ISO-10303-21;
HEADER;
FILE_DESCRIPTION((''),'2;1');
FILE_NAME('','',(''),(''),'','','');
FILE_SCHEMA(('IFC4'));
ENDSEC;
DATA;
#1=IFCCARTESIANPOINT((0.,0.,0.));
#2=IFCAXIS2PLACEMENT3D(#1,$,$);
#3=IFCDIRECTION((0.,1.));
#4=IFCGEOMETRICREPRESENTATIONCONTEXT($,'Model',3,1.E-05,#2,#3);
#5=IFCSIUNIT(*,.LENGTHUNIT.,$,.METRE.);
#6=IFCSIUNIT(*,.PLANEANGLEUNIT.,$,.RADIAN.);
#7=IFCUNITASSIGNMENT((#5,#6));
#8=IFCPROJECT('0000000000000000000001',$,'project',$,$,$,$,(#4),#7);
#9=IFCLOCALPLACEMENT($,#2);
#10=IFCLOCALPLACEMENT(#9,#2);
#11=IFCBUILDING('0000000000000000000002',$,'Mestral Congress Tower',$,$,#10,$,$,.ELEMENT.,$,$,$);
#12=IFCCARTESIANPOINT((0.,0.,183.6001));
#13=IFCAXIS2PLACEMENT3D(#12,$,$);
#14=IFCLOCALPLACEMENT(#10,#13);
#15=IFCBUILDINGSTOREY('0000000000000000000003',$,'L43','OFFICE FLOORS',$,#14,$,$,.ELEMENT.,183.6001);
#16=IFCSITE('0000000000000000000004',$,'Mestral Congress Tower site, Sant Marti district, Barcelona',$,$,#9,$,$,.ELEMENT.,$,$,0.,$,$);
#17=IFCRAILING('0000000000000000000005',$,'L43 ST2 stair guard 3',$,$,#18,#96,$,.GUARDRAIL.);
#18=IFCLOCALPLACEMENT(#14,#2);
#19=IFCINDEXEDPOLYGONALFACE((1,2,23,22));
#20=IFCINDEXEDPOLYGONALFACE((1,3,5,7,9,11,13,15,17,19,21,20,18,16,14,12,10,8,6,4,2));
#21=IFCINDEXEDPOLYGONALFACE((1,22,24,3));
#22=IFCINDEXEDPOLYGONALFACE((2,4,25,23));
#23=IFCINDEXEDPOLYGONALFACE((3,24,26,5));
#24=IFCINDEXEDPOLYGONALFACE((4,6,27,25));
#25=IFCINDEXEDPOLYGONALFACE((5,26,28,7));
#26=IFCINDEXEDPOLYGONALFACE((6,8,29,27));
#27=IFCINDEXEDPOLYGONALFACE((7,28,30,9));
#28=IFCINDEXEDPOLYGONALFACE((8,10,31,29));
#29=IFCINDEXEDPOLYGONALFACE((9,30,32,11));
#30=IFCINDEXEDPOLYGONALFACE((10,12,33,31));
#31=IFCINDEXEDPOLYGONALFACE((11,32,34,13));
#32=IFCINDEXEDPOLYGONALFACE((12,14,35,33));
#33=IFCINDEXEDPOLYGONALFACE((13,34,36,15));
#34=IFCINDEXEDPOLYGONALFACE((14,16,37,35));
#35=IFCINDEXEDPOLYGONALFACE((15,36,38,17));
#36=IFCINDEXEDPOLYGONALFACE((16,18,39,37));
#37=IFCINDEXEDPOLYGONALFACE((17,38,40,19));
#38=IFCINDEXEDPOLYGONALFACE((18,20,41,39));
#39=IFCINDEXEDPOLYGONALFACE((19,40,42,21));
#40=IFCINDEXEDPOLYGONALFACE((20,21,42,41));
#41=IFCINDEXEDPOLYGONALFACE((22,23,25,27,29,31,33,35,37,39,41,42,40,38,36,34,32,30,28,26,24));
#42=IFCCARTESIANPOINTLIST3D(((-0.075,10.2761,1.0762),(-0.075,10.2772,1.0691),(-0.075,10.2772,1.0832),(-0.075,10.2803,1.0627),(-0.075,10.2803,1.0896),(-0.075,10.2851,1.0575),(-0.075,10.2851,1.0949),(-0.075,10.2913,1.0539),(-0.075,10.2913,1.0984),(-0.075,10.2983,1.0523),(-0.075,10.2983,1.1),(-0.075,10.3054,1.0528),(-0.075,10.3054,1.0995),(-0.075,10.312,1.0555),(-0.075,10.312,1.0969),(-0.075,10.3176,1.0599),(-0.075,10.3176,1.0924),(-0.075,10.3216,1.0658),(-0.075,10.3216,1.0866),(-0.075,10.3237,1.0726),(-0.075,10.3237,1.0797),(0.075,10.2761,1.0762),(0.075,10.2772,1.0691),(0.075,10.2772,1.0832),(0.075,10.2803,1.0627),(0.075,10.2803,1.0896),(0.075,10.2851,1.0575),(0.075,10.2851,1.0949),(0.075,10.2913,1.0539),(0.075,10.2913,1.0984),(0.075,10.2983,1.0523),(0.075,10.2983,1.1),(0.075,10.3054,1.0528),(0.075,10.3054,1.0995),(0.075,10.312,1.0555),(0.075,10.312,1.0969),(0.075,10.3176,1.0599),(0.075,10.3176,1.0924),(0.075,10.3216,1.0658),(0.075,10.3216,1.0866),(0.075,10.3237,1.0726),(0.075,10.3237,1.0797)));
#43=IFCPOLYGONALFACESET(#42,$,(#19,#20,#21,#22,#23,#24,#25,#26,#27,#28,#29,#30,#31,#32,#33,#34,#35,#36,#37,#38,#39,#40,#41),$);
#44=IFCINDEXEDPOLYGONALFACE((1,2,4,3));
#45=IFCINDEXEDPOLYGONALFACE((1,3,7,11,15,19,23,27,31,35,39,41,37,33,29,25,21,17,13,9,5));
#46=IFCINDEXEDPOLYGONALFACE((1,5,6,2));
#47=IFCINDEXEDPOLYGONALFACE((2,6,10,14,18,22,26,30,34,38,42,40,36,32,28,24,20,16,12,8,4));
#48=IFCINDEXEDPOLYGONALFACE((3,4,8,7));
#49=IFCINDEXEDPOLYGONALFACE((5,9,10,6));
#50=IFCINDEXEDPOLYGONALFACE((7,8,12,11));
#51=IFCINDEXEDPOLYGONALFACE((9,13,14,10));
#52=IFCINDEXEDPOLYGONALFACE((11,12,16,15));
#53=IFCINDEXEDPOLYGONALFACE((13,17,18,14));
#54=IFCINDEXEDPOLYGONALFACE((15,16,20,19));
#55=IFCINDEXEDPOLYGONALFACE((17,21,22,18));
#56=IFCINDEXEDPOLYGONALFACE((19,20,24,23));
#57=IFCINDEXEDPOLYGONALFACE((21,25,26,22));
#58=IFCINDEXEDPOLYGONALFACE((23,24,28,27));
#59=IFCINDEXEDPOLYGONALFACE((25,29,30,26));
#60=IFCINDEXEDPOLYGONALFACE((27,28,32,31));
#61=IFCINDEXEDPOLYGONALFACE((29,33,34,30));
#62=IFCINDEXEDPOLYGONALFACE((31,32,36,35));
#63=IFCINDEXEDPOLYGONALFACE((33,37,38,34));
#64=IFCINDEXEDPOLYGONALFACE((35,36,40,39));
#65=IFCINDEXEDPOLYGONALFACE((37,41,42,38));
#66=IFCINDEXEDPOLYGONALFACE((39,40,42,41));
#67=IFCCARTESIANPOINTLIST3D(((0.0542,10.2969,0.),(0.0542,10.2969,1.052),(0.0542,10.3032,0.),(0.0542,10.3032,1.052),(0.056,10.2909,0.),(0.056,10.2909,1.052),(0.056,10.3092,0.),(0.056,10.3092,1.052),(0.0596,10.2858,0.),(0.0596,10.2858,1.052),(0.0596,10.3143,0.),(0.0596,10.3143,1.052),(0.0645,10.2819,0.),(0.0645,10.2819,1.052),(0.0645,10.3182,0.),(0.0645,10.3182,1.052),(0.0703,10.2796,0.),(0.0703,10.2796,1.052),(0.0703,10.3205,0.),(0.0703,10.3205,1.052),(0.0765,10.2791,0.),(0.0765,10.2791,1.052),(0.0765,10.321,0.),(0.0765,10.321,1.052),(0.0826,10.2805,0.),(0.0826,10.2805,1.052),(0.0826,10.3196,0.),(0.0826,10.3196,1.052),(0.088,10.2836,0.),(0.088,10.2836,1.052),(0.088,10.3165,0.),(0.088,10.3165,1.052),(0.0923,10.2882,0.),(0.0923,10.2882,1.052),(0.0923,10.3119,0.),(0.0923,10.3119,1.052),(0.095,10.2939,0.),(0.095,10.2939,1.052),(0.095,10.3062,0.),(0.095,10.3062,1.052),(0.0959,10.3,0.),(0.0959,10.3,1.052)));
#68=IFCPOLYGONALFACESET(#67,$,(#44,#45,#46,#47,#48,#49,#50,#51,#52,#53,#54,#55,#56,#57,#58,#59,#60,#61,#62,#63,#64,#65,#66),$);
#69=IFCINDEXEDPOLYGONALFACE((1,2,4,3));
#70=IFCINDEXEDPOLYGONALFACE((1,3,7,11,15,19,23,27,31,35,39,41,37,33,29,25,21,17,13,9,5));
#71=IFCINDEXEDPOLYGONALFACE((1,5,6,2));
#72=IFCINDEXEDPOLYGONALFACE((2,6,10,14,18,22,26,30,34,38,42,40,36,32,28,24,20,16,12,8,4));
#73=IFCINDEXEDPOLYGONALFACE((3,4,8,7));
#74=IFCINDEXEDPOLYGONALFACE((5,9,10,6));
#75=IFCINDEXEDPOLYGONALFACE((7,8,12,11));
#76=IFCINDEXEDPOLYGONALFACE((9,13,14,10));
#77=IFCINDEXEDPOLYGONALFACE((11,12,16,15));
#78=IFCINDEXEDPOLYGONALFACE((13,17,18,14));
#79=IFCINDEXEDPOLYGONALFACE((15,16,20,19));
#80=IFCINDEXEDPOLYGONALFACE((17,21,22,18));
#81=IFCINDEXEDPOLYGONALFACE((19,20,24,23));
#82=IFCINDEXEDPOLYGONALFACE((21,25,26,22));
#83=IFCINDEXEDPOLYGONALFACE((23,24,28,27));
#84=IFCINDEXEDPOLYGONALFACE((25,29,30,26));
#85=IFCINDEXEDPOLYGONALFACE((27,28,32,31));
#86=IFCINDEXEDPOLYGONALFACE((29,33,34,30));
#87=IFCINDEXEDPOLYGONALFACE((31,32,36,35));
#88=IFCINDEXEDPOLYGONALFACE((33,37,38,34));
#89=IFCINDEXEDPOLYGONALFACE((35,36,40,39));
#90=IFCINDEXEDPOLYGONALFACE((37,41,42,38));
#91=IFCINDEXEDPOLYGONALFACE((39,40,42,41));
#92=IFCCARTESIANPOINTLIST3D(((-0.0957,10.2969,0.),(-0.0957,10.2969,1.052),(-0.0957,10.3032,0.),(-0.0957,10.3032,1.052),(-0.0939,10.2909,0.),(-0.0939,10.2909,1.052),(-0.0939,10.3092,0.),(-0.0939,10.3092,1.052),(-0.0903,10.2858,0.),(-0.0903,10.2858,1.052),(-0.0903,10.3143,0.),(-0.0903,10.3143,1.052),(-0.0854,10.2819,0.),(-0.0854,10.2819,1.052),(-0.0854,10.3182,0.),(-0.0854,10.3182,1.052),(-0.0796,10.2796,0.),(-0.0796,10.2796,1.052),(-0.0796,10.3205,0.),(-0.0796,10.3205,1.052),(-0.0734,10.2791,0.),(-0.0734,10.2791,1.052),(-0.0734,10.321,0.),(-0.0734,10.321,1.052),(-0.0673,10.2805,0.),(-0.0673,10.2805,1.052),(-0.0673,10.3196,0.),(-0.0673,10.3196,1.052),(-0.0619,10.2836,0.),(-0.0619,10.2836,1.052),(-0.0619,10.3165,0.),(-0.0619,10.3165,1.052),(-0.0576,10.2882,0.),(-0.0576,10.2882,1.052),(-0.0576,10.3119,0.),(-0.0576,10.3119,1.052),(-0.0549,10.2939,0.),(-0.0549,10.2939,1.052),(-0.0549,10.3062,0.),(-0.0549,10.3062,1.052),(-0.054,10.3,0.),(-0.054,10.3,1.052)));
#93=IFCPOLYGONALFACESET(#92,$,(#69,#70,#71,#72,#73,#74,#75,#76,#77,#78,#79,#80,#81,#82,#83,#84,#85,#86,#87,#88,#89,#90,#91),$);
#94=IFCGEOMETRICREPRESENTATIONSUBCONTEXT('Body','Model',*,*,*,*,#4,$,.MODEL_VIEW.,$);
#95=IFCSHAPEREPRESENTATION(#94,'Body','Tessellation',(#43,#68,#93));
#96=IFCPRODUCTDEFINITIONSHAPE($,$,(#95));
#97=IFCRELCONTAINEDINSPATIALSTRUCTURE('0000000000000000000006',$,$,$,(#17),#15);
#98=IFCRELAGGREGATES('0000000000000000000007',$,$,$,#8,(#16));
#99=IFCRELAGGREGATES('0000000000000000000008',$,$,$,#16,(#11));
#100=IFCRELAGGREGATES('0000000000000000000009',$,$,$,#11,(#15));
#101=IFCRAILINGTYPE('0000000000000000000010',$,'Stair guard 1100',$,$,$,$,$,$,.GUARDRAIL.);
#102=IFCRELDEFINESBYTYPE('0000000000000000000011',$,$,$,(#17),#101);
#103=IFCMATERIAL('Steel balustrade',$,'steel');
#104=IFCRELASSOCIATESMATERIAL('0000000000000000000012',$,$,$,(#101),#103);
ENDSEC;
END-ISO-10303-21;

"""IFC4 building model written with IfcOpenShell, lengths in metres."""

from ifc_helpers import new_model, si_unit, direction, frame, origin, origin_2d, place, context, subcontext, project, spatial, circle, extrude, material, type_object, element, save


model = new_model("IFC4")

# Units and contexts
model_context = context("Model", 3, precision=1e-05, world=origin(), true_north=direction((0.0, 1.0)))
body_context = subcontext(model_context, "Body", "Model", "MODEL_VIEW")
ifc_project = project(units=[si_unit("LENGTHUNIT", "METRE"), si_unit("PLANEANGLEUNIT", "RADIAN")], contexts=[model_context])

# Site, building, storey
site_placement = place(None, origin())
site = spatial("IfcSite", under=ifc_project, at=site_placement, Name="Mestral Congress Tower site, Sant Marti district, Barcelona", CompositionType="ELEMENT", RefElevation=0.0)
building_placement = place(site_placement, origin())
building = spatial("IfcBuilding", under=site, at=building_placement, Name="Mestral Congress Tower", CompositionType="ELEMENT")
storey_placement = place(building_placement, frame((0.0, 0.0, 183.6001)))
storey = spatial("IfcBuildingStorey", under=building, at=storey_placement, Name="L43", Description="OFFICE FLOORS", CompositionType="ELEMENT", Elevation=183.6001)

# Railing
ifc_material_1 = material(Name="Steel balustrade", Category="steel")
railing_type_1 = type_object("IfcRailingType", Name="Stair guard 1100", PredefinedType="GUARDRAIL", material=ifc_material_1)
railing_1_placement = place(storey_placement, frame((0.075, 10.3, 0.0)))
element("IfcRailing", 1, at=railing_1_placement, inside=storey, type_object=railing_type_1, Name="L43 ST2 stair guard 3", PredefinedType="GUARDRAIL", context=body_context, shape_type="SweptSolid", body=[
    extrude(circle(Radius=0.0239, at=origin_2d()), frame((0.0, 0.0, 1.0762), z_axis=(-1.0, 0.0, 0.0), x_axis=(0.0, -1.0, 0.0)), (0.0, 0.0, 1.0), 0.1499),
    extrude(circle(Radius=0.021, at=origin_2d()), origin(), (0.0, 0.0, 1.0), 1.052),
    extrude(circle(Radius=0.021, at=origin_2d()), frame((-0.1499, 0.0, 0.0)), (0.0, 0.0, 1.0), 1.052),
])

save(model, "model.ifc")
